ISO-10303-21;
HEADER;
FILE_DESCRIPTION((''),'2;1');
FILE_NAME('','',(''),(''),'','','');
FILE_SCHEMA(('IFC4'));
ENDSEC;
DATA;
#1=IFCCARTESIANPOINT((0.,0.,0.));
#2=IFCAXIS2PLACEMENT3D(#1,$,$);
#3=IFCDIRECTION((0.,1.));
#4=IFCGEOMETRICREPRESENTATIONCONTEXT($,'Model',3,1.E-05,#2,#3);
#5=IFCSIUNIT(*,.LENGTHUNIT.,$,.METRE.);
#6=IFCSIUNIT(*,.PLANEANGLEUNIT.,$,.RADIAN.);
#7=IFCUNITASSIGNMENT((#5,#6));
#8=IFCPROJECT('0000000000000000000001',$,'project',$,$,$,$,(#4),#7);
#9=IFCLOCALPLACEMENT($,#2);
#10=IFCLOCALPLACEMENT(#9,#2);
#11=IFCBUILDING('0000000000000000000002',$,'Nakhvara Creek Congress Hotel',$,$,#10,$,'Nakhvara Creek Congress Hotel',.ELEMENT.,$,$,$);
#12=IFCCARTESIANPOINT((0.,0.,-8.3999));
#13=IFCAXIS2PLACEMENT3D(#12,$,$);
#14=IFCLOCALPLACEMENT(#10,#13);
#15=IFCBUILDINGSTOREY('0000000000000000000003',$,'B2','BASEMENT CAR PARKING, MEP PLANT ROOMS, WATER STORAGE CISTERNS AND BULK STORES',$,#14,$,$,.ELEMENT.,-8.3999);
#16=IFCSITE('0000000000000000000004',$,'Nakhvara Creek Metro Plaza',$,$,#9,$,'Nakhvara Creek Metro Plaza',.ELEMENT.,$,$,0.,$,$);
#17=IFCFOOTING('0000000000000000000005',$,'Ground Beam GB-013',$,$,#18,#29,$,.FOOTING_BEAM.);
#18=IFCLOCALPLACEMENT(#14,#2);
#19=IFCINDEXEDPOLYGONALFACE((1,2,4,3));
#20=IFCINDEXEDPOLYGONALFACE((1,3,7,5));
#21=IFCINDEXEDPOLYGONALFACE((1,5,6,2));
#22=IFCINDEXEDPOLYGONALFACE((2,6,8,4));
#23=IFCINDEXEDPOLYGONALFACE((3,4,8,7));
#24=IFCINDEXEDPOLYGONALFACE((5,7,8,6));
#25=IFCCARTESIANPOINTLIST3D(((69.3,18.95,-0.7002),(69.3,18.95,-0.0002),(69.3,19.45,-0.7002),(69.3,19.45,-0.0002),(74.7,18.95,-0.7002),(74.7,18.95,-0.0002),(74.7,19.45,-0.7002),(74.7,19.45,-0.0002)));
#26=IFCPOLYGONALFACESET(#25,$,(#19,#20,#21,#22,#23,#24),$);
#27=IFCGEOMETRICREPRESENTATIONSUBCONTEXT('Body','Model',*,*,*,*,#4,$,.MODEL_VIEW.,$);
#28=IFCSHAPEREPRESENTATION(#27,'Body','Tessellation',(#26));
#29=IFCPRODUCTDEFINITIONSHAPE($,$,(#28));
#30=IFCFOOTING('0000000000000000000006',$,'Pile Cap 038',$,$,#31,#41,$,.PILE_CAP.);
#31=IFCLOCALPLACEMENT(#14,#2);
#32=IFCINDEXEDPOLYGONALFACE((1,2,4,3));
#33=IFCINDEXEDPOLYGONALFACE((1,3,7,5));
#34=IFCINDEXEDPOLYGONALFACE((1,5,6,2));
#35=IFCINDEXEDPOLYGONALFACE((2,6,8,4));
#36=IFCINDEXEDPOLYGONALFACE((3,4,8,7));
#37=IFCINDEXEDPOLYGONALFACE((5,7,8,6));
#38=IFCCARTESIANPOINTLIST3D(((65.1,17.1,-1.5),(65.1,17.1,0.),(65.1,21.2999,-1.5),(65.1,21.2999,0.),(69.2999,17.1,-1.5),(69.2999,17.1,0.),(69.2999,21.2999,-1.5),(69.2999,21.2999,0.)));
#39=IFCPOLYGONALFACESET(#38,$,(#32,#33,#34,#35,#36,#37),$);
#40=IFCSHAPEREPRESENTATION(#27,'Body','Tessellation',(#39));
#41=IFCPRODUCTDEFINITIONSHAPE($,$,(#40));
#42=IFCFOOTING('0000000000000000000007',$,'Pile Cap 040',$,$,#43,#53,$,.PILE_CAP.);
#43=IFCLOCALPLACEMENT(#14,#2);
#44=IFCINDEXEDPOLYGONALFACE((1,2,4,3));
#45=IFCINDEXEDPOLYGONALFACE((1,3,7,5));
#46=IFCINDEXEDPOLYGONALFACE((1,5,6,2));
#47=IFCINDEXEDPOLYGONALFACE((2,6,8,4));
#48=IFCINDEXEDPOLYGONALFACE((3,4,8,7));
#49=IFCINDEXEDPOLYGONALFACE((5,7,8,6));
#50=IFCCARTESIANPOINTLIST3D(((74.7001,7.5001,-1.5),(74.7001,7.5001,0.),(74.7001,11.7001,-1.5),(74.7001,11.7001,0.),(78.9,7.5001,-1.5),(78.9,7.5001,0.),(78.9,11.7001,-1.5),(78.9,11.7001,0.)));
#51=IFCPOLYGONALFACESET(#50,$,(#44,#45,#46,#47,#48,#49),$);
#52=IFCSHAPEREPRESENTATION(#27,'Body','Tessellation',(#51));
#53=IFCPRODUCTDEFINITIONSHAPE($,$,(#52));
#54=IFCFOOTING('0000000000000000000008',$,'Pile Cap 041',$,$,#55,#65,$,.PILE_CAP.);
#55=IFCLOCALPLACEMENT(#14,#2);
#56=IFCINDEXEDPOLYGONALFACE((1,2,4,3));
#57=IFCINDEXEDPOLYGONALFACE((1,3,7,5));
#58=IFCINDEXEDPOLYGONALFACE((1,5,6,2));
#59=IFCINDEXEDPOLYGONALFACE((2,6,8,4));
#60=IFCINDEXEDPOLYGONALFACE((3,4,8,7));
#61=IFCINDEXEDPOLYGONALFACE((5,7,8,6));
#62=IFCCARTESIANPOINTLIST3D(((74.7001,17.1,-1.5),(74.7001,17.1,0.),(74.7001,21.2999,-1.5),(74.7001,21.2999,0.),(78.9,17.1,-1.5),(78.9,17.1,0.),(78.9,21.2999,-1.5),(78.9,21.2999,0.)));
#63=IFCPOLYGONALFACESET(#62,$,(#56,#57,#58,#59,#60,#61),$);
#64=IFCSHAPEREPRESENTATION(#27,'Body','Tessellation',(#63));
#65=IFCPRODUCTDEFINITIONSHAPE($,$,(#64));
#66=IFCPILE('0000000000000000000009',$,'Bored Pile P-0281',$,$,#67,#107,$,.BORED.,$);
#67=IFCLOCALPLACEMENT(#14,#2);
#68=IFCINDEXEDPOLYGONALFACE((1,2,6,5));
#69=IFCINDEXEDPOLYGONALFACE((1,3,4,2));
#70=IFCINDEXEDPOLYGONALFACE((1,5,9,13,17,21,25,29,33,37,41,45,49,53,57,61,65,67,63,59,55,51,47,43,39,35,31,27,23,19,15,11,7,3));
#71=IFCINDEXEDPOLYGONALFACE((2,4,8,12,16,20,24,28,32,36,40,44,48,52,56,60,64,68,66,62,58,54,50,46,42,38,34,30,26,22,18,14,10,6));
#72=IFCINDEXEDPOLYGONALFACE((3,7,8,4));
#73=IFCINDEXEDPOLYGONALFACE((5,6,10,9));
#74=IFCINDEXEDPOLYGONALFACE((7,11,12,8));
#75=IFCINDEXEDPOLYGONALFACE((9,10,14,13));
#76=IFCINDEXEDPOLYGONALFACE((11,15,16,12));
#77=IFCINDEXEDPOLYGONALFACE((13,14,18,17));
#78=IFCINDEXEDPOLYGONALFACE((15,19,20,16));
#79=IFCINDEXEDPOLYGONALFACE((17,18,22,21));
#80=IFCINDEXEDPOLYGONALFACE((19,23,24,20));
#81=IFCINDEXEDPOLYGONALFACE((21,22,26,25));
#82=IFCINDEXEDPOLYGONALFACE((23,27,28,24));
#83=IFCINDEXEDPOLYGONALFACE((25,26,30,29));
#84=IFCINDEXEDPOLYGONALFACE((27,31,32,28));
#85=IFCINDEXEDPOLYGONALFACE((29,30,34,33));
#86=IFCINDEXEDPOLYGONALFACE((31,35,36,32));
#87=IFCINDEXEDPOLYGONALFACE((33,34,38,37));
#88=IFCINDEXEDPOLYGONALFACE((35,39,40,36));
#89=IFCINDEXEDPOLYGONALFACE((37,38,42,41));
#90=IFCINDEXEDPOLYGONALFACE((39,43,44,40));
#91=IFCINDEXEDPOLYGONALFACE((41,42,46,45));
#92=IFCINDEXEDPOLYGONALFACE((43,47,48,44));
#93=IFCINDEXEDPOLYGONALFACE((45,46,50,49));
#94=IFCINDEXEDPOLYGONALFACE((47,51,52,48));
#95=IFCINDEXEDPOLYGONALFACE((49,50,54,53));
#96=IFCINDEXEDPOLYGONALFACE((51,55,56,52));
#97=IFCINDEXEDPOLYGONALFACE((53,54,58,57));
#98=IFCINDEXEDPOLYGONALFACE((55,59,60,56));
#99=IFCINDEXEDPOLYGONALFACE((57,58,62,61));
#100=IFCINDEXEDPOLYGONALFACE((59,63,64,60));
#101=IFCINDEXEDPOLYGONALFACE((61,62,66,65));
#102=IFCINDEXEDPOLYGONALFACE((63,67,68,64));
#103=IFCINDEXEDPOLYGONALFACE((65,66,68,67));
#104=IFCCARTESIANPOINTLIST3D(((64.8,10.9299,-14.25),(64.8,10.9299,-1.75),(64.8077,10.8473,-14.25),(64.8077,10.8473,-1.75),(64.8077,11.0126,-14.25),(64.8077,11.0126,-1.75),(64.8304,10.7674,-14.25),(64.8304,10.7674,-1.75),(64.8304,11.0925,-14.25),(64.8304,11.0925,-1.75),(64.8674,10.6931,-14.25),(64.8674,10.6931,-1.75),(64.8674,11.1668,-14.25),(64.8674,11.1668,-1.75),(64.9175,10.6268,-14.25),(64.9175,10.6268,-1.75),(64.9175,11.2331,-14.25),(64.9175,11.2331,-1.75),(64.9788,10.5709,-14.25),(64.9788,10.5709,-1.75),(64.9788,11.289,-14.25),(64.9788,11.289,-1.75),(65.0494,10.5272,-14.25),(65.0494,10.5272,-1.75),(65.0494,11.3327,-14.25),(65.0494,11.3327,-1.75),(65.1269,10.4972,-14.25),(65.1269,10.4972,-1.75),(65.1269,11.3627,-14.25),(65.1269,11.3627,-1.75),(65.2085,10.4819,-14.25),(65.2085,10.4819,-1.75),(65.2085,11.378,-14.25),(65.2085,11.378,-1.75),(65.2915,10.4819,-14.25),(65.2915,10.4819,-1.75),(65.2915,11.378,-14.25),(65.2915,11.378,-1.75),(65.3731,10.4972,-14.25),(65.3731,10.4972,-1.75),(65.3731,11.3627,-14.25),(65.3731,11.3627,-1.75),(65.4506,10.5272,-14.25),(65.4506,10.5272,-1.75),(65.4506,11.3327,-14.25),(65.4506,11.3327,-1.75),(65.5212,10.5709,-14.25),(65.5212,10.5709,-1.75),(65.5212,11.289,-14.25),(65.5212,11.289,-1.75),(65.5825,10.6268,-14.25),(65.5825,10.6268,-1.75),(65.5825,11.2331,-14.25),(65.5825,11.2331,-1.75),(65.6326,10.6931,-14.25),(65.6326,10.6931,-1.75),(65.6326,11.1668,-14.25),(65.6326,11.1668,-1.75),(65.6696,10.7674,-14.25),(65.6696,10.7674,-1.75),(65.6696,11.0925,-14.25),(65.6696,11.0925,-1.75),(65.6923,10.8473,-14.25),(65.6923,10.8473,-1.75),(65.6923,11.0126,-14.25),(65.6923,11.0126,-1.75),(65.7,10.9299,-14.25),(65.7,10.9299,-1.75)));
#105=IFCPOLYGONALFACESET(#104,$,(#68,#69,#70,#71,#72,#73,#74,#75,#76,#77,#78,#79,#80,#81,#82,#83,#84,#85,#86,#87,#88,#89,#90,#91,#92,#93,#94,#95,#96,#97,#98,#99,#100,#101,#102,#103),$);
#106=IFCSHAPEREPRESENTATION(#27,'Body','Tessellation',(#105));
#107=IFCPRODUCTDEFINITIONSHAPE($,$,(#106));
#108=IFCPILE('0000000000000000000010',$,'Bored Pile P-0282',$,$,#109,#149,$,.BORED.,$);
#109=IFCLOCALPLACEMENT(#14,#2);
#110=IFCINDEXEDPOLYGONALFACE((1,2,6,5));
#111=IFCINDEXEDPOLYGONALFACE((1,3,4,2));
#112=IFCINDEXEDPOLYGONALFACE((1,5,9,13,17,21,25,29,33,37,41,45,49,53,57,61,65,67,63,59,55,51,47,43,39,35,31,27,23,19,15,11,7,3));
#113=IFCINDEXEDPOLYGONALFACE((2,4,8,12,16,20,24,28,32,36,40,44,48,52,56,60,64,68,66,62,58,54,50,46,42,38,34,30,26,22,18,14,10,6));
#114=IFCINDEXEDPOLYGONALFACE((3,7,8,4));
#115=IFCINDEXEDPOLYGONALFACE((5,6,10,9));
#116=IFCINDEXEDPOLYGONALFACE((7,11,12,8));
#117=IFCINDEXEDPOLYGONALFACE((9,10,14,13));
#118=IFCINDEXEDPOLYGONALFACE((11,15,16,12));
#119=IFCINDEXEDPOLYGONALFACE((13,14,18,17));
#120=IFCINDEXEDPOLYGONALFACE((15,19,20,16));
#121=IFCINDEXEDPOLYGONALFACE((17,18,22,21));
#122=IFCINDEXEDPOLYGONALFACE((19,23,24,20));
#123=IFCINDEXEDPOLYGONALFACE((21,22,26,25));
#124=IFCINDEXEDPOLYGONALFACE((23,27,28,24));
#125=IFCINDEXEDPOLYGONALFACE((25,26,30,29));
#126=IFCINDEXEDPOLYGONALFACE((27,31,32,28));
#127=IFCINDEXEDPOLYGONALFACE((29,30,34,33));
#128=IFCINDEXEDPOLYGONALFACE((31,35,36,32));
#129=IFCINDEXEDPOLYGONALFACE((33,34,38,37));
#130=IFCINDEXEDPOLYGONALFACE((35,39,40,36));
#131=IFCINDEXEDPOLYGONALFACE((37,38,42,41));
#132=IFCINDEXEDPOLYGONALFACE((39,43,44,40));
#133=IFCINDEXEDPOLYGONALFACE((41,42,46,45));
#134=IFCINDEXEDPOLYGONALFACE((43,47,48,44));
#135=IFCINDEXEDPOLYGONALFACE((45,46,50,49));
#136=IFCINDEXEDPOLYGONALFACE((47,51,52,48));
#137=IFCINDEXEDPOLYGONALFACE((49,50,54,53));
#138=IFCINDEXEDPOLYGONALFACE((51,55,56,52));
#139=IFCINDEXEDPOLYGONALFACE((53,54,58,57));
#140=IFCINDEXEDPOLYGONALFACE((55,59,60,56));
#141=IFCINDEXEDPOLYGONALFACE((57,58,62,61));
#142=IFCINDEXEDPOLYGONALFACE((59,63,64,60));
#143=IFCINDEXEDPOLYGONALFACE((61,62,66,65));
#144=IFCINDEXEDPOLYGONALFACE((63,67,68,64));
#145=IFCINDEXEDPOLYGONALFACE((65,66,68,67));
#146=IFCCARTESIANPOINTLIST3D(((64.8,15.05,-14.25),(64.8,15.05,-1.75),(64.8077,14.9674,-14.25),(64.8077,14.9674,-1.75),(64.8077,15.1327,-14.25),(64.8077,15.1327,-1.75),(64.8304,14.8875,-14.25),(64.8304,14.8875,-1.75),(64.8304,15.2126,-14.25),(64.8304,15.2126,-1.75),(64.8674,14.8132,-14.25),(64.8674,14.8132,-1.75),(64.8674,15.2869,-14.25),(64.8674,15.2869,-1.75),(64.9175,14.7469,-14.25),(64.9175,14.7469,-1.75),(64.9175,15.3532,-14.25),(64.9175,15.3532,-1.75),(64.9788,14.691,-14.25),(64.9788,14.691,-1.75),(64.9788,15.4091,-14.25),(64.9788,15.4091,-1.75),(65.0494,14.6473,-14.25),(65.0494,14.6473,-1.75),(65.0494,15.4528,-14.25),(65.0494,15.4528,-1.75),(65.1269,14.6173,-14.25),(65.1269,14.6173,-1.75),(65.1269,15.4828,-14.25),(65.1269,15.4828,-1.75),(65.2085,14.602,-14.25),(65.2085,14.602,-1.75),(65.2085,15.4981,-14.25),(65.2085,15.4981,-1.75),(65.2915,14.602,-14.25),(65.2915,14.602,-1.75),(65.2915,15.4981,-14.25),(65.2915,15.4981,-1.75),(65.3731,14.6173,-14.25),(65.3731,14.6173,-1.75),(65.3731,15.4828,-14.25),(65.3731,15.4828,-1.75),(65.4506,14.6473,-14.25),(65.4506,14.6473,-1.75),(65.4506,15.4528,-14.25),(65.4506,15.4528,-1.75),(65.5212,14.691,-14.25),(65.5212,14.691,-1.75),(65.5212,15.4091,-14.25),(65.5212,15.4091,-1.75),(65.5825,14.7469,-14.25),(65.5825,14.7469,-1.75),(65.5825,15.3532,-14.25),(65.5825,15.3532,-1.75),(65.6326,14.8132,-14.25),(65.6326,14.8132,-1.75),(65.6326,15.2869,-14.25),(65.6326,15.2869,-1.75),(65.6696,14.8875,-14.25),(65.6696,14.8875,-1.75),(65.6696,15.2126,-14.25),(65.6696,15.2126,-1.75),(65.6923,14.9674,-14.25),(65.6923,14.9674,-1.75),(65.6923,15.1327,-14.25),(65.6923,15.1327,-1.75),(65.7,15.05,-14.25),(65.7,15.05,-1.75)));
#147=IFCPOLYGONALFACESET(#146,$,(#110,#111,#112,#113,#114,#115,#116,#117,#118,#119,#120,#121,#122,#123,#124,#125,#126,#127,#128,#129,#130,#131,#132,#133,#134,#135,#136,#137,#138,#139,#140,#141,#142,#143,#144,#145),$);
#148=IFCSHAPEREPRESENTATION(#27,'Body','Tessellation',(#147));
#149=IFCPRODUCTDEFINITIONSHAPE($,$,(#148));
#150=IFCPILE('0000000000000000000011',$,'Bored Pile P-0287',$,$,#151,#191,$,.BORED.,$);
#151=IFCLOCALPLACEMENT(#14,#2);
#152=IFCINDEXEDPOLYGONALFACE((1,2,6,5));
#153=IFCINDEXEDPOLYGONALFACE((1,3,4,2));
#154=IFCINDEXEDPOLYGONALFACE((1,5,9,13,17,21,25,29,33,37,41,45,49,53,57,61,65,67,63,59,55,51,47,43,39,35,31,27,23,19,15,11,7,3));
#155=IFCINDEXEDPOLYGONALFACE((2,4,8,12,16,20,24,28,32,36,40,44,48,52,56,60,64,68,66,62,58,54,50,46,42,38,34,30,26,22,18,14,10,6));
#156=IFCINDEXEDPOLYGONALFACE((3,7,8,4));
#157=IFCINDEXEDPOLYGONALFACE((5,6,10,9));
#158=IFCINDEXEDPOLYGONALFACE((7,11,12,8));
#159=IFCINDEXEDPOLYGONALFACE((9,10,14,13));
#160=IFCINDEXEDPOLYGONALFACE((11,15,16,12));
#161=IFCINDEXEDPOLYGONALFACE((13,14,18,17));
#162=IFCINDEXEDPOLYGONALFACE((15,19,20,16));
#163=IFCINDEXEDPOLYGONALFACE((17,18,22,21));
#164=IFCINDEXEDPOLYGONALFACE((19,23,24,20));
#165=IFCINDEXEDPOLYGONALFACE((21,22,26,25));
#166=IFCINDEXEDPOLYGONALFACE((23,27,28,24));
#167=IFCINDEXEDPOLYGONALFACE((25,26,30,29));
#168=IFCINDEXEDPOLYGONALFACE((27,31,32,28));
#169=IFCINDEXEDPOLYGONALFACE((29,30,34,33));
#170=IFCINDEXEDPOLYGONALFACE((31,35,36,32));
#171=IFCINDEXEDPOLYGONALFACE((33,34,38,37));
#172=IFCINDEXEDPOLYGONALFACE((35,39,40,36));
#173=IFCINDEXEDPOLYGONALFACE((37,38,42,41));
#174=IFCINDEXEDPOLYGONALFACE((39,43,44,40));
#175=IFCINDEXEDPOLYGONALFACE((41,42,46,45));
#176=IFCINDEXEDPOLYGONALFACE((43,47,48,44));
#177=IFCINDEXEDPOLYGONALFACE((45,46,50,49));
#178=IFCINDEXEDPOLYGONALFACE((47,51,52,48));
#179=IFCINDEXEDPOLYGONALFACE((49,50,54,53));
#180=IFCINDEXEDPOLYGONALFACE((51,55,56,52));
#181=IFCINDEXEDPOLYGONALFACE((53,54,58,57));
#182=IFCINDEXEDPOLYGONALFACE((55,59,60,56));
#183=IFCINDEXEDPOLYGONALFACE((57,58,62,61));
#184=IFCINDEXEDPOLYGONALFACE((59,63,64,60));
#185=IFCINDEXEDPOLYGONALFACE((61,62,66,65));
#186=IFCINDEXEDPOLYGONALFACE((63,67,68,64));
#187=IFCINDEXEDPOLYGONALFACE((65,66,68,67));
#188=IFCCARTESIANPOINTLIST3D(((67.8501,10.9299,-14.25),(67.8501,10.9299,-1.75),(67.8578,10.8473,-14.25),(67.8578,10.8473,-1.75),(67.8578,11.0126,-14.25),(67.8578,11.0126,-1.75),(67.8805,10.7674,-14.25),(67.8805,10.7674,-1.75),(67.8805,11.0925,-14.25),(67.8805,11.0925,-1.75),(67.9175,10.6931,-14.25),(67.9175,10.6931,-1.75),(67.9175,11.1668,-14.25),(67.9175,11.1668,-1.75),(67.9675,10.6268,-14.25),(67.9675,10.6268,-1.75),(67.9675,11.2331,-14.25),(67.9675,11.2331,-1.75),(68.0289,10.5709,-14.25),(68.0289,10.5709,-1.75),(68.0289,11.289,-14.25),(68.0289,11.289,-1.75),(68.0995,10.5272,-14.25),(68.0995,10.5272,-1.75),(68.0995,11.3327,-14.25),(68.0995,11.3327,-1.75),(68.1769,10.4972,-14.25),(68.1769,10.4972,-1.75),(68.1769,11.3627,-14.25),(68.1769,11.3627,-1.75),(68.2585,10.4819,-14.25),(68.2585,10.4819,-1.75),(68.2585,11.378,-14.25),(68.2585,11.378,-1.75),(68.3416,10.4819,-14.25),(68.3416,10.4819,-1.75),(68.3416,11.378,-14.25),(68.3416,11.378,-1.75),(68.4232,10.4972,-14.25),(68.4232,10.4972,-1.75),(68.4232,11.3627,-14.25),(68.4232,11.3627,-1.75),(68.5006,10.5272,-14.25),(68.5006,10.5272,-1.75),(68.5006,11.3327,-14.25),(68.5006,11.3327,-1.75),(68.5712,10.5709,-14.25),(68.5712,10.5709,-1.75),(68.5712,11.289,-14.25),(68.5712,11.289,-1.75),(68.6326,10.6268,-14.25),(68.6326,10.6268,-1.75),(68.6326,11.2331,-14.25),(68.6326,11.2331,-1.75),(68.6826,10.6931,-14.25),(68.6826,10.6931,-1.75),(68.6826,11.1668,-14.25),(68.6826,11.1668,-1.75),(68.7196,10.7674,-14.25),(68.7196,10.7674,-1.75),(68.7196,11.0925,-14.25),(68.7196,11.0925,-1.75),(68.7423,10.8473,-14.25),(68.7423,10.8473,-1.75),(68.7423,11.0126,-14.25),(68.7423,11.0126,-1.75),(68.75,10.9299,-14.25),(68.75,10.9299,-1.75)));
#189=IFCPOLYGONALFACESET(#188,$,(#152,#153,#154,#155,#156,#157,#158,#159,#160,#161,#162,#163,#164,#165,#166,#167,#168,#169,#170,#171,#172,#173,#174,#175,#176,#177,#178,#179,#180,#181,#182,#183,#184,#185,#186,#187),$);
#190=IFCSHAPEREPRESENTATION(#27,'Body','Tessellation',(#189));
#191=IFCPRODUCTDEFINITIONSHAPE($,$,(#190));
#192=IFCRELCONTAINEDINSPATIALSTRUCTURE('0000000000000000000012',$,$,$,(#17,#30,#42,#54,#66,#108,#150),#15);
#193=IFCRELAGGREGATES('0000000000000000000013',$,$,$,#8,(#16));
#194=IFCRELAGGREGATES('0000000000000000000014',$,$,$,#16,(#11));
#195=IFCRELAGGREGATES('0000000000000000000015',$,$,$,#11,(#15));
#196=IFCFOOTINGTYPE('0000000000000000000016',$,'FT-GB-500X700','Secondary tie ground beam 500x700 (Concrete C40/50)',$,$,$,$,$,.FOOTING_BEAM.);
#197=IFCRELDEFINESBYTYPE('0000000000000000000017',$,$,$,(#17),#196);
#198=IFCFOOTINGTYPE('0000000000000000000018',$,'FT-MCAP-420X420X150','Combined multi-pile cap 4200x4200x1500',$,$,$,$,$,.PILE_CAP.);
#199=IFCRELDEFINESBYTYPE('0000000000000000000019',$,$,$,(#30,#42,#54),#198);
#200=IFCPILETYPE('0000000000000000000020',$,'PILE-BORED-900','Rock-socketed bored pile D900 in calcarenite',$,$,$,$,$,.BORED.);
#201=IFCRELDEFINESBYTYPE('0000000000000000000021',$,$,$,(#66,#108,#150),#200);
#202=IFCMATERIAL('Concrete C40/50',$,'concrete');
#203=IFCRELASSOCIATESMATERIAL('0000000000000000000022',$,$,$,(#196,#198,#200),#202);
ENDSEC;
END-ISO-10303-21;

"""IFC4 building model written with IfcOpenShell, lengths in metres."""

from ifc_helpers import new_model, si_unit, direction, frame, origin, origin_2d, place, context, subcontext, project, spatial, rectangle, circle, extrude, material, material_profile, profile_set, type_object, element, save


model = new_model("IFC4")

# Units and contexts
model_context = context("Model", 3, precision=1e-05, world=origin(), true_north=direction((0.0, 1.0)))
body_context = subcontext(model_context, "Body", "Model", "MODEL_VIEW")
ifc_project = project(units=[si_unit("LENGTHUNIT", "METRE"), si_unit("PLANEANGLEUNIT", "RADIAN")], contexts=[model_context])

# Site, building, storey
site_placement = place(None, origin())
site = spatial("IfcSite", under=ifc_project, at=site_placement, Name="Nakhvara Creek Metro Plaza", LongName="Nakhvara Creek Metro Plaza", CompositionType="ELEMENT", RefElevation=0.0)
building_placement = place(site_placement, origin())
building = spatial("IfcBuilding", under=site, at=building_placement, Name="Nakhvara Creek Congress Hotel", LongName="Nakhvara Creek Congress Hotel", CompositionType="ELEMENT")
storey_placement = place(building_placement, frame((0.0, 0.0, -8.3999)))
storey = spatial("IfcBuildingStorey", under=building, at=storey_placement, Name="B2", Description="BASEMENT CAR PARKING, MEP PLANT ROOMS, WATER STORAGE CISTERNS AND BULK STORES", CompositionType="ELEMENT", Elevation=-8.3999)

# Footings
ifc_material_1 = material(Name="Concrete C40/50", Category="concrete")
footing_type_1 = type_object("IfcFootingType", Name="FT-GB-500X700", Description="Secondary tie ground beam 500x700 (Concrete C40/50)", PredefinedType="FOOTING_BEAM", material=ifc_material_1)
footing_placement = place(storey_placement, frame((72.0, 19.2, -0.7002), z_axis=(0.0, 0.0, 1.0), x_axis=(1.0, 0.0, 0.0)))
element("IfcFooting", 1, at=footing_placement, inside=storey, type_object=footing_type_1, Name="Ground Beam GB-013", PredefinedType="FOOTING_BEAM", context=body_context, shape_type="SweptSolid", body=[
    extrude(rectangle(XDim=5.3999, YDim=0.5, at=origin_2d()), origin(), (0.0, 0.0, 1.0), 0.7),
])
footing_type_2 = type_object("IfcFootingType", Name="FT-MCAP-420X420X150", Description="Combined multi-pile cap 4200x4200x1500", PredefinedType="PILE_CAP", material=ifc_material_1)
for number, where, z_axis, x_axis, name in (
    (2, (67.2, 19.2, -1.5), (0.0, 0.0, 1.0), (1.0, 0.0, 0.0), "Pile Cap 038"),
    (3, (76.8, 9.6001, -1.5), (0.0, 0.0, 1.0), (1.0, 0.0, 0.0), "Pile Cap 040"),
    (4, (76.8, 19.2, -1.5), (0.0, 0.0, 1.0), (1.0, 0.0, 0.0), "Pile Cap 041"),
):
    element("IfcFooting", number, at=place(storey_placement, frame(where, z_axis=z_axis, x_axis=x_axis)), inside=storey, type_object=footing_type_2, Name=name, PredefinedType="PILE_CAP", context=body_context, shape_type="SweptSolid", body=[
        extrude(rectangle(XDim=4.2, YDim=4.2, at=origin_2d()), origin(), (0.0, 0.0, 1.0), 1.5),
    ])

# Piles
ifc_material_profile_1 = material_profile(ifc_material_1, circle(Radius=0.45, at=origin_2d()), Name="BORED PILE D900", Category="LoadBearing")
ifc_profile_set_1 = profile_set([ifc_material_profile_1], Name="Concrete C40/50")
pile_type = type_object("IfcPileType", Name="PILE-BORED-900", Description="Rock-socketed bored pile D900 in calcarenite", PredefinedType="BORED", material=ifc_profile_set_1)
for number, where, z_axis, x_axis, name in (
    (5, (65.25, 10.9299, -1.75), (0.0, 0.0, -1.0), (1.0, 0.0, 0.0), "Bored Pile P-0281"),
    (6, (65.25, 15.05, -1.75), (0.0, 0.0, -1.0), (1.0, 0.0, 0.0), "Bored Pile P-0282"),
    (7, (68.3, 10.9299, -1.75), (0.0, 0.0, -1.0), (1.0, 0.0, 0.0), "Bored Pile P-0287"),
):
    element("IfcPile", number, at=place(storey_placement, frame(where, z_axis=z_axis, x_axis=x_axis)), inside=storey, type_object=pile_type, Name=name, PredefinedType="BORED", context=body_context, shape_type="SweptSolid", body=[
        extrude(circle(Radius=0.45, at=origin_2d()), origin(), (0.0, 0.0, 1.0), 12.5),
    ])

save(model, "model.ifc")
